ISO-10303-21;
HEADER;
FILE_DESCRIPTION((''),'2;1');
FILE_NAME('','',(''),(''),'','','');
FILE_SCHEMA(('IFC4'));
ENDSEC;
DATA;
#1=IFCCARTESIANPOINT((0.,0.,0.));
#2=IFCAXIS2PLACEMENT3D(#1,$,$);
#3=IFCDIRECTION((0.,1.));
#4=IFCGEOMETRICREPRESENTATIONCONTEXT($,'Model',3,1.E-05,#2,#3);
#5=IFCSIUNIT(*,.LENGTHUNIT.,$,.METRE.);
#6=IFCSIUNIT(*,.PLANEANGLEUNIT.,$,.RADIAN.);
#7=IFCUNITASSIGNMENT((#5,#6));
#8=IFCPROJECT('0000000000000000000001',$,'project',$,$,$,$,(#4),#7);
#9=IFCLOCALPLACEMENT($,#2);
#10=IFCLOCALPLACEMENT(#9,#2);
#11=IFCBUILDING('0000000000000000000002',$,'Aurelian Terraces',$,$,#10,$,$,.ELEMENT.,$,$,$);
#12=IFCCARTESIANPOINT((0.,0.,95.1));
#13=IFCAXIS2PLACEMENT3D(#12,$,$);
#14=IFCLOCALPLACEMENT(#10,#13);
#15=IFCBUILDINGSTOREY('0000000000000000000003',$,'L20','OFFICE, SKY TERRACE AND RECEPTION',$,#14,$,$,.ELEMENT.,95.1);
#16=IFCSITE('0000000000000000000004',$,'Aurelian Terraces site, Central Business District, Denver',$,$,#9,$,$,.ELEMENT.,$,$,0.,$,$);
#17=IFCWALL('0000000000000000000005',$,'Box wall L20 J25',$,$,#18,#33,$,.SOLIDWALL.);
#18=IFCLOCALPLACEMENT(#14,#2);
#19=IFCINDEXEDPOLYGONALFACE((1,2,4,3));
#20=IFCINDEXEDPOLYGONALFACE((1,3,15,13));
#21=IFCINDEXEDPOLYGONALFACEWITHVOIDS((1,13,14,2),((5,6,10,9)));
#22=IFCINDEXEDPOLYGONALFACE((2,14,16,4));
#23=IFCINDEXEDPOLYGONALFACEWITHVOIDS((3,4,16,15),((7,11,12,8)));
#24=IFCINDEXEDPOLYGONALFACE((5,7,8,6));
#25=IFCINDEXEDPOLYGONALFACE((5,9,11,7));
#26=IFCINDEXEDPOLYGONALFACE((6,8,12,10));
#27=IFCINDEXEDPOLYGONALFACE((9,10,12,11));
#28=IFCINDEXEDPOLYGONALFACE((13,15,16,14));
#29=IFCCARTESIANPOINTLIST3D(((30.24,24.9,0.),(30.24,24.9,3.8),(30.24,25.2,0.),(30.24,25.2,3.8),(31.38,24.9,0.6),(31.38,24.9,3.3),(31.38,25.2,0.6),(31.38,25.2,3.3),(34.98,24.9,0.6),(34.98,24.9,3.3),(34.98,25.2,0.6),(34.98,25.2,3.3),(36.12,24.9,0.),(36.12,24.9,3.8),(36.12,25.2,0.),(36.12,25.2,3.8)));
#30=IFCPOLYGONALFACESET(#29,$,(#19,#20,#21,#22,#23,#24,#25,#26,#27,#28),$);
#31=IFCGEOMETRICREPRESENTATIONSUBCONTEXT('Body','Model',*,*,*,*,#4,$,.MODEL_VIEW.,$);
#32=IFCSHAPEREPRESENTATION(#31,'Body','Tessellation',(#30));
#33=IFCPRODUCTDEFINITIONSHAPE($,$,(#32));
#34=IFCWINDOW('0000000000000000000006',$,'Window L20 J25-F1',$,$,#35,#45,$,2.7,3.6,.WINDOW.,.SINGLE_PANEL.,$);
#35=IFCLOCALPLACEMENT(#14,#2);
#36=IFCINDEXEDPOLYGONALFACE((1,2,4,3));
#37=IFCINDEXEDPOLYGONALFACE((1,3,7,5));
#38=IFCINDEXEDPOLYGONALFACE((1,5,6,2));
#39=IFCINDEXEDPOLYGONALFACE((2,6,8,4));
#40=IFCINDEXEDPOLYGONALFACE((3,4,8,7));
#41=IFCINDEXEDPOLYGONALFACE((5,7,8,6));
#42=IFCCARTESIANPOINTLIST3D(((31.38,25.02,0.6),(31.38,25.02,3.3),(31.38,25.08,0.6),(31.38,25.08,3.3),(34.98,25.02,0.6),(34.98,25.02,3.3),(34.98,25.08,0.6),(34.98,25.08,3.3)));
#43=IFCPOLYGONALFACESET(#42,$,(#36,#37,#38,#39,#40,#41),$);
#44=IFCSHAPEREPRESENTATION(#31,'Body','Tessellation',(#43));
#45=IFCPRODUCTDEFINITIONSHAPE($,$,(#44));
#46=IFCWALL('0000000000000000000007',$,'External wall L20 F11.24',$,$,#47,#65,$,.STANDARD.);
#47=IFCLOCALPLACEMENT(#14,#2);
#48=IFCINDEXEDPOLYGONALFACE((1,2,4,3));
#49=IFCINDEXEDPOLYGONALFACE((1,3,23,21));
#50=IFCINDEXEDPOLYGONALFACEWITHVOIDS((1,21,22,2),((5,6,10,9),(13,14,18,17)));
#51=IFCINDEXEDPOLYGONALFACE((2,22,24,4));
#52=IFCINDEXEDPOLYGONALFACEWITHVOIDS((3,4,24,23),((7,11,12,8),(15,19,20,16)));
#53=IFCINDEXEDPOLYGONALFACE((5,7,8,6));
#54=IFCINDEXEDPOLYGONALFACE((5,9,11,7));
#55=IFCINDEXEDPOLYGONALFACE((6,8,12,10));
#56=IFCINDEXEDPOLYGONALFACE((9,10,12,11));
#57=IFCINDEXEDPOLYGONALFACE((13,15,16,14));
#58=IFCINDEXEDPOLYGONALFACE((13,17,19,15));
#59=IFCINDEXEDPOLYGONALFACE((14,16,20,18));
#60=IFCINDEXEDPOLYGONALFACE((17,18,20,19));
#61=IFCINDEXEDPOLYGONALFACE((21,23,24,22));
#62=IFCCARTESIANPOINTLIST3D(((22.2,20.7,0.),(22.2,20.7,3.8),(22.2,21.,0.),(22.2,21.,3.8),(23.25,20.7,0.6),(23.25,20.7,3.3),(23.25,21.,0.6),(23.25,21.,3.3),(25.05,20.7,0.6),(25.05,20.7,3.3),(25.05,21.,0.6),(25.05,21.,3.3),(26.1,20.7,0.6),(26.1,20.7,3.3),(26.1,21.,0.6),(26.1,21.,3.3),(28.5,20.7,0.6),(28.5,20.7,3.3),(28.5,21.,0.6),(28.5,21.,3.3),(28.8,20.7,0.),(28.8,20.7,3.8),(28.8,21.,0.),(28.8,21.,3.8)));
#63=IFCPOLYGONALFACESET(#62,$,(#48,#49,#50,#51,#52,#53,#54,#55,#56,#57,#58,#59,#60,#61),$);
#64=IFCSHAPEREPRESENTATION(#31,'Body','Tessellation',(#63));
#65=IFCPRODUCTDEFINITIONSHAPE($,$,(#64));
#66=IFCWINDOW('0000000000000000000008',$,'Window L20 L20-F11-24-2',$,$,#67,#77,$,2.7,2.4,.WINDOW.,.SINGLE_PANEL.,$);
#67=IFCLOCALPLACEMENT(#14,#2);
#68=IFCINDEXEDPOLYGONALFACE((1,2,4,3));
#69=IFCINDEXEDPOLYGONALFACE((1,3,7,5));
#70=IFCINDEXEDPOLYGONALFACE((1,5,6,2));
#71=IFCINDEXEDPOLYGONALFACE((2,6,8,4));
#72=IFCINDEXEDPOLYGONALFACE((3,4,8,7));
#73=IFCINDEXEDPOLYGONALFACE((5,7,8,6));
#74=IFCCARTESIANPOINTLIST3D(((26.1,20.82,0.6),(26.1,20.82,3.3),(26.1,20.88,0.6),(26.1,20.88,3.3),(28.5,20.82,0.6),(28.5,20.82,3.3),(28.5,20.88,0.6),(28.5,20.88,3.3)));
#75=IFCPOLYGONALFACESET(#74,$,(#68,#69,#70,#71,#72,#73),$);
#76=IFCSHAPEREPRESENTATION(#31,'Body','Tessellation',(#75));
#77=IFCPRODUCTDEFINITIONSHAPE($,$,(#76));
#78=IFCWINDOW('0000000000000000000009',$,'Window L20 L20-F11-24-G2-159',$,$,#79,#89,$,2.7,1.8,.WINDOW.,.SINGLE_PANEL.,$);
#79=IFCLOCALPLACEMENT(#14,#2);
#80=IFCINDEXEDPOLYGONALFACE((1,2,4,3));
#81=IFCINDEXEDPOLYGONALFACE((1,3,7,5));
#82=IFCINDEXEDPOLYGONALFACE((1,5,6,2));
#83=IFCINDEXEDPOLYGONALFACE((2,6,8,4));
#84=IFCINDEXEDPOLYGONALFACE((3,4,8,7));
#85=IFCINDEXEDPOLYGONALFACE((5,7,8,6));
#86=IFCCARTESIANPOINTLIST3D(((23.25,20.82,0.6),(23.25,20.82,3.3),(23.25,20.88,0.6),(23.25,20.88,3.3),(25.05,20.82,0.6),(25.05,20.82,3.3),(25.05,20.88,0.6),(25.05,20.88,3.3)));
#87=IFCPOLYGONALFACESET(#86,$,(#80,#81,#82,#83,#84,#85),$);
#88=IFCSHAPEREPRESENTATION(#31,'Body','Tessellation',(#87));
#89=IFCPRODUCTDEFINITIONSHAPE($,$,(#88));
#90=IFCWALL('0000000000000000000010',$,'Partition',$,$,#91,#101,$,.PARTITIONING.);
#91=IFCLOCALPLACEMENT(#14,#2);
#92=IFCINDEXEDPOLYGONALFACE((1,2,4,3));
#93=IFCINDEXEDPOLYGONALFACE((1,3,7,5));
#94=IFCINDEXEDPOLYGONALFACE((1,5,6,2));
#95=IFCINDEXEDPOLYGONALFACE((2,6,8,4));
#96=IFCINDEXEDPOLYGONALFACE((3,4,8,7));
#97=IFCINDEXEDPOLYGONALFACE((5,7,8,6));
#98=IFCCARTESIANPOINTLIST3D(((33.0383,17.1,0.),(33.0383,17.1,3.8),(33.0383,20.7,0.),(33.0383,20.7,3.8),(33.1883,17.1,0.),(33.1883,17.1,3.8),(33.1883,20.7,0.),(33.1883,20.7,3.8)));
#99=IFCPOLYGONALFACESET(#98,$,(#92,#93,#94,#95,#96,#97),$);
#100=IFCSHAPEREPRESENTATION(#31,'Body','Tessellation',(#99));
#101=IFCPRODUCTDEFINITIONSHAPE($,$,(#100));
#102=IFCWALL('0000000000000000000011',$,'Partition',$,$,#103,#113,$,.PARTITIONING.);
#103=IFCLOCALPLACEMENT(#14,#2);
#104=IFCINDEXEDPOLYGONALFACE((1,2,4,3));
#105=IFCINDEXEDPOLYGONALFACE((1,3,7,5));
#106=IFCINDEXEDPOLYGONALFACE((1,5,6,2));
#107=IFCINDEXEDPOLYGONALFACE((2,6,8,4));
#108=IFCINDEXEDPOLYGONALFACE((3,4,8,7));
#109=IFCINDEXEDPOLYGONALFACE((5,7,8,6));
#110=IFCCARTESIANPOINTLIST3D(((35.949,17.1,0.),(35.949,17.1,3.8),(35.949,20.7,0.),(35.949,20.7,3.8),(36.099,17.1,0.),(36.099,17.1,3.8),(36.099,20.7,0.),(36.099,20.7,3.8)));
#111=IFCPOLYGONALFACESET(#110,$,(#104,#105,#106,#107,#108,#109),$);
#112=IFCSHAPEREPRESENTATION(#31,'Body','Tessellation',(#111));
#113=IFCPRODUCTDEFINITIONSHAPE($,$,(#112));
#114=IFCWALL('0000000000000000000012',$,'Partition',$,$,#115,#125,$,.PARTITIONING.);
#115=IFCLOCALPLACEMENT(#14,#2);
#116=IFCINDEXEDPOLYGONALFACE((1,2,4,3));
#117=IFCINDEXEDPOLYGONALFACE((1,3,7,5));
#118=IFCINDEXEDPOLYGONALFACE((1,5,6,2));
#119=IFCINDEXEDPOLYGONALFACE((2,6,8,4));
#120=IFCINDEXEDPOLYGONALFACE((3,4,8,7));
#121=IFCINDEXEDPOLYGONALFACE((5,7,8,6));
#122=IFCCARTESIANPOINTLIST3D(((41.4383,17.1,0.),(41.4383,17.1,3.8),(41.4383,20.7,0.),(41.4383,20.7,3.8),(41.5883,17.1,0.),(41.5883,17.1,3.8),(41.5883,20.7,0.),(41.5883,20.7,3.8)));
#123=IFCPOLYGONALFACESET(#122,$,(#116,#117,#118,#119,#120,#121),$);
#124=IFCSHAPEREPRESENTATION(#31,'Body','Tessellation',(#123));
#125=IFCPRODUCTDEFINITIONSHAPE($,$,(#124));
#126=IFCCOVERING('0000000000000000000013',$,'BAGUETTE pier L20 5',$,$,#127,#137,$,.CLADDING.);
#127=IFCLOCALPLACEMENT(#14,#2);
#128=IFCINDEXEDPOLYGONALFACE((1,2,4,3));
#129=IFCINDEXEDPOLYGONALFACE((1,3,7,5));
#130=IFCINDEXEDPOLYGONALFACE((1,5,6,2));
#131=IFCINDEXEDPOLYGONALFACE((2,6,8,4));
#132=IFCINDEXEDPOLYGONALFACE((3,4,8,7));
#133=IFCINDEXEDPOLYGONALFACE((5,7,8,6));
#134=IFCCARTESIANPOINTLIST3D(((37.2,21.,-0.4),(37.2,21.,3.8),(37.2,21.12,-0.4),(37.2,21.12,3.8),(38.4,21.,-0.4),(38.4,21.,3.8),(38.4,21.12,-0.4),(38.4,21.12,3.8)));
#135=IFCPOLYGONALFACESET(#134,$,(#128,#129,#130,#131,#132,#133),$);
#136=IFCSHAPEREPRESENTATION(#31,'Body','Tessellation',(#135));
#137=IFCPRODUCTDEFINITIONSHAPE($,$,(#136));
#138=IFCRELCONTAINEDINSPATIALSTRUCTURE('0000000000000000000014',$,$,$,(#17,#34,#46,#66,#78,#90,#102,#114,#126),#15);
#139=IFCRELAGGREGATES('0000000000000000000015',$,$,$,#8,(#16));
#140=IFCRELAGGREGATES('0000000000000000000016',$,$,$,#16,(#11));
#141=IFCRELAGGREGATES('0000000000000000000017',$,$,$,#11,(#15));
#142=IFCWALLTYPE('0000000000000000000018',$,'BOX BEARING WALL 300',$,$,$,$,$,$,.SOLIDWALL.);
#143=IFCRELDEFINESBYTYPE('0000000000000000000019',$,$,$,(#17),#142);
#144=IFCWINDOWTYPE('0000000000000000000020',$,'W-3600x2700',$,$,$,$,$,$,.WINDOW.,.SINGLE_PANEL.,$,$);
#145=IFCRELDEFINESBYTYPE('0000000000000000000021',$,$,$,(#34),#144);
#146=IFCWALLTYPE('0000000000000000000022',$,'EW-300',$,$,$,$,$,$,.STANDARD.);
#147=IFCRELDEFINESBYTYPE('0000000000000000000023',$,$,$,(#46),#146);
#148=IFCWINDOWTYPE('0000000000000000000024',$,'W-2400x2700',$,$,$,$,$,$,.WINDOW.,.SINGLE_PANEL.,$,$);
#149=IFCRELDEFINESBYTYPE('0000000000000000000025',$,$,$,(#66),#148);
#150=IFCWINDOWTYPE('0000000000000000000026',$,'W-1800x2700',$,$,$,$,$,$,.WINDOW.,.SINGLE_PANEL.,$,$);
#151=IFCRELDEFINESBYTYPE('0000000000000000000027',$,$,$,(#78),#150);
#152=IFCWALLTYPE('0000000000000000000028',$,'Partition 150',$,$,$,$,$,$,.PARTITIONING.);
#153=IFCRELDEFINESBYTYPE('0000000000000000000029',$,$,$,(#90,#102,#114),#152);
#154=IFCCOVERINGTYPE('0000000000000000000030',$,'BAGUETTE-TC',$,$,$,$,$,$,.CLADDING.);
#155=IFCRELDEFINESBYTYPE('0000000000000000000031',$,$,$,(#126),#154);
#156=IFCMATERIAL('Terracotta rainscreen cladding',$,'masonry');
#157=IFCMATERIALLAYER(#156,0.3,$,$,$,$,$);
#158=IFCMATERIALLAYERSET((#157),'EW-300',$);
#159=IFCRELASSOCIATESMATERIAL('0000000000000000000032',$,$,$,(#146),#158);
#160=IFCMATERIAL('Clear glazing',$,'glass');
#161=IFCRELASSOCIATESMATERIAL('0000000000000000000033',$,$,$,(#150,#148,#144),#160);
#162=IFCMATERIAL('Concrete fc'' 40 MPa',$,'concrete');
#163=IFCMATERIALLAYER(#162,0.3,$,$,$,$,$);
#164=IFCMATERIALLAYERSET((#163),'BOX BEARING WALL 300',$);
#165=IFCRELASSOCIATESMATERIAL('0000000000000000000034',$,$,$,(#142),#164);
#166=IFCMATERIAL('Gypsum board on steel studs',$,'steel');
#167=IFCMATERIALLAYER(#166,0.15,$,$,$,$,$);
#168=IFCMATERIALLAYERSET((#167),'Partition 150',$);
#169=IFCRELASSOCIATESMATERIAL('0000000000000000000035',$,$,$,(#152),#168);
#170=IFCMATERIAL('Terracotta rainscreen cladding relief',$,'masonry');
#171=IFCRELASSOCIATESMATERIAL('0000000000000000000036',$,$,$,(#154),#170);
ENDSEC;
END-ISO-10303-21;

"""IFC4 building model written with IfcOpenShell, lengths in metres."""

from ifc_helpers import new_model, si_unit, direction, frame, frame_2d, origin, origin_2d, place, context, subcontext, project, spatial, rectangle, extrude, source, transform, mapped, material, layer, layer_set, type_object, element, fill, save


model = new_model("IFC4")

# Units and contexts
model_context = context("Model", 3, precision=1e-05, world=origin(), true_north=direction((0.0, 1.0)))
body_context = subcontext(model_context, "Body", "Model", "MODEL_VIEW")
ifc_project = project(units=[si_unit("LENGTHUNIT", "METRE"), si_unit("PLANEANGLEUNIT", "RADIAN")], contexts=[model_context])

# Site, building, storey
site_placement = place(None, origin())
site = spatial("IfcSite", under=ifc_project, at=site_placement, Name="Aurelian Terraces site, Central Business District, Denver", CompositionType="ELEMENT", RefElevation=0.0)
building_placement = place(site_placement, origin())
building = spatial("IfcBuilding", under=site, at=building_placement, Name="Aurelian Terraces", CompositionType="ELEMENT")
storey_placement = place(building_placement, frame((0.0, 0.0, 95.1)))
storey = spatial("IfcBuildingStorey", under=building, at=storey_placement, Name="L20", Description="OFFICE, SKY TERRACE AND RECEPTION", CompositionType="ELEMENT", Elevation=95.1)

# Shared definitions
ifc_material_1 = material(Name="Terracotta rainscreen cladding", Category="masonry")
ifc_layer_1 = layer(ifc_material_1, 0.3)
ifc_layer_set_1 = layer_set([ifc_layer_1], Name="EW-300")
wall_type_1 = type_object("IfcWallType", Name="EW-300", PredefinedType="STANDARD", material=ifc_layer_set_1)

# Wall, opening, window
shared_shape_1 = source(origin(), body_context, "Body", "SweptSolid", [
    extrude(rectangle(XDim=1.8, YDim=2.7, at=frame_2d((0.9, 1.35))), frame((0.0, 0.16, 0.0), z_axis=(0.0, -1.0, 0.0), x_axis=(1.0, 0.0, 0.0)), (0.0, 0.0, 1.0), 0.32),
])
ifc_material_2 = material(Name="Clear glazing", Category="glass")
window_type_1 = type_object("IfcWindowType", Name="W-1800x2700", PartitioningType="SINGLE_PANEL", PredefinedType="WINDOW", material=ifc_material_2)
shared_shape_2 = source(origin(), body_context, "Body", "SweptSolid", [
    extrude(rectangle(XDim=1.8, YDim=2.7, at=frame_2d((0.9, 1.35))), frame((0.0, 0.03, 0.0), z_axis=(0.0, -1.0, 0.0), x_axis=(1.0, 0.0, 0.0)), (0.0, 0.0, 1.0), 0.06),
])
ifc_material_3 = material(Name="Concrete fc' 40 MPa", Category="concrete")
window_type_2 = type_object("IfcWindowType", Name="W-2400x2700", PartitioningType="SINGLE_PANEL", PredefinedType="WINDOW", material=ifc_material_2)
shared_shape_3 = source(origin(), body_context, "Body", "SweptSolid", [
    extrude(rectangle(XDim=2.4, YDim=2.7, at=frame_2d((1.2, 1.35))), frame((0.0, 0.03, 0.0), z_axis=(0.0, -1.0, 0.0), x_axis=(1.0, 0.0, 0.0)), (0.0, 0.0, 1.0), 0.06),
])
ifc_layer_2 = layer(ifc_material_3, 0.3)
ifc_layer_set_2 = layer_set([ifc_layer_2], Name="BOX BEARING WALL 300")
wall_type_2 = type_object("IfcWallType", Name="BOX BEARING WALL 300", PredefinedType="SOLIDWALL", material=ifc_layer_set_2)
shared_shape_4 = source(origin(), body_context, "Body", "SweptSolid", [
    extrude(rectangle(XDim=5.88, YDim=0.3, at=frame_2d((2.94, 0.0))), origin(), (0.0, 0.0, 1.0), 3.8),
])
wall_1_placement = place(storey_placement, frame((36.12, 25.05, 0.0), z_axis=(0.0, 0.0, 1.0), x_axis=(-1.0, 0.0, 0.0)))
wall_1 = element("IfcWall", 1, at=wall_1_placement, inside=storey, type_object=wall_type_2, Name="Box wall L20 J25", PredefinedType="SOLIDWALL", context=body_context, shape_type="MappedRepresentation", body=[
    mapped(shared_shape_4, transform((0.0, 0.0, 0.0), scale=1.0)),
])
shared_shape_5 = source(origin(), body_context, "Body", "SweptSolid", [
    extrude(rectangle(XDim=3.6, YDim=2.7, at=frame_2d((1.8, 1.35))), frame((0.0, 0.16, 0.0), z_axis=(0.0, -1.0, 0.0), x_axis=(1.0, 0.0, 0.0)), (0.0, 0.0, 1.0), 0.32),
])
opening_1_placement = place(wall_1_placement, frame((1.14, 0.0, 0.6)))
opening_1 = element("IfcOpeningElement", 2, at=opening_1_placement, cuts=wall_1, PredefinedType="OPENING", context=body_context, shape_type="MappedRepresentation", body=[
    mapped(shared_shape_5, transform((0.0, 0.0, 0.0), scale=1.0)),
])
window_type_3 = type_object("IfcWindowType", Name="W-3600x2700", PartitioningType="SINGLE_PANEL", PredefinedType="WINDOW", material=ifc_material_2)
shared_shape_6 = source(origin(), body_context, "Body", "SweptSolid", [
    extrude(rectangle(XDim=3.6, YDim=2.7, at=frame_2d((1.8, 1.35))), frame((0.0, 0.03, 0.0), z_axis=(0.0, -1.0, 0.0), x_axis=(1.0, 0.0, 0.0)), (0.0, 0.0, 1.0), 0.06),
])
window_1_placement = place(opening_1_placement, origin())
window_1 = element("IfcWindow", 3, at=window_1_placement, inside=storey, type_object=window_type_3, Name="Window L20 J25-F1", OverallHeight=2.7, OverallWidth=3.6, PartitioningType="SINGLE_PANEL", PredefinedType="WINDOW", context=body_context, shape_type="MappedRepresentation", body=[
    mapped(shared_shape_6, transform((0.0, 0.0, 0.0), scale=1.0)),
])
fill(opening_1, window_1)

# Wall, openings, windows
shared_shape_7 = source(origin(), body_context, "Body", "SweptSolid", [
    extrude(rectangle(XDim=6.6, YDim=0.3, at=frame_2d((3.3, 0.0))), origin(), (0.0, 0.0, 1.0), 3.8),
])
wall_2_placement = place(storey_placement, frame((28.8, 20.85, 0.0), z_axis=(0.0, 0.0, 1.0), x_axis=(-1.0, 0.0, 0.0)))
wall_2 = element("IfcWall", 4, at=wall_2_placement, inside=storey, type_object=wall_type_1, Name="External wall L20 F11.24", PredefinedType="STANDARD", context=body_context, shape_type="MappedRepresentation", body=[
    mapped(shared_shape_7, transform((0.0, 0.0, 0.0), scale=1.0)),
])
shared_shape_8 = source(origin(), body_context, "Body", "SweptSolid", [
    extrude(rectangle(XDim=2.4, YDim=2.7, at=frame_2d((1.2, 1.35))), frame((0.0, 0.16, 0.0), z_axis=(0.0, -1.0, 0.0), x_axis=(1.0, 0.0, 0.0)), (0.0, 0.0, 1.0), 0.32),
])
opening_2_placement = place(wall_2_placement, frame((0.3, 0.0, 0.6)))
opening_2 = element("IfcOpeningElement", 5, at=opening_2_placement, cuts=wall_2, PredefinedType="OPENING", context=body_context, shape_type="MappedRepresentation", body=[
    mapped(shared_shape_8, transform((0.0, 0.0, 0.0), scale=1.0)),
])
opening_3_placement = place(wall_2_placement, frame((3.75, 0.0, 0.6)))
opening_3 = element("IfcOpeningElement", 6, at=opening_3_placement, cuts=wall_2, PredefinedType="OPENING", context=body_context, shape_type="MappedRepresentation", body=[
    mapped(shared_shape_1, transform((0.0, 0.0, 0.0), scale=1.0)),
])
window_2_placement = place(opening_2_placement, origin())
window_2 = element("IfcWindow", 7, at=window_2_placement, inside=storey, type_object=window_type_2, Name="Window L20 L20-F11-24-2", OverallHeight=2.7, OverallWidth=2.4, PartitioningType="SINGLE_PANEL", PredefinedType="WINDOW", context=body_context, shape_type="MappedRepresentation", body=[
    mapped(shared_shape_3, transform((0.0, 0.0, 0.0), scale=1.0)),
])
fill(opening_2, window_2)
window_3_placement = place(opening_3_placement, origin())
window_3 = element("IfcWindow", 8, at=window_3_placement, inside=storey, type_object=window_type_1, Name="Window L20 L20-F11-24-G2-159", OverallHeight=2.7, OverallWidth=1.8, PartitioningType="SINGLE_PANEL", PredefinedType="WINDOW", context=body_context, shape_type="MappedRepresentation", body=[
    mapped(shared_shape_2, transform((0.0, 0.0, 0.0), scale=1.0)),
])
fill(opening_3, window_3)

# Walls
ifc_material_4 = material(Name="Gypsum board on steel studs", Category="steel")
ifc_layer_3 = layer(ifc_material_4, 0.15)
ifc_layer_set_3 = layer_set([ifc_layer_3], Name="Partition 150")
wall_type_3 = type_object("IfcWallType", Name="Partition 150", PredefinedType="PARTITIONING", material=ifc_layer_set_3)
shared_shape_9 = source(origin(), body_context, "Body", "SweptSolid", [
    extrude(rectangle(XDim=3.6, YDim=0.15, at=frame_2d((1.8, 0.0))), origin(), (0.0, 0.0, 1.0), 3.8),
])
for number, where, z_axis, x_axis, name in (
    (9, (33.1133, 20.7, 0.0), (0.0, 0.0, 1.0), (0.0, -1.0, 0.0), "Partition"),
    (10, (36.024, 20.7, 0.0), (0.0, 0.0, 1.0), (0.0, -1.0, 0.0), "Partition"),
    (11, (41.5133, 20.7, 0.0), (0.0, 0.0, 1.0), (0.0, -1.0, 0.0), "Partition"),
):
    element("IfcWall", number, at=place(storey_placement, frame(where, z_axis=z_axis, x_axis=x_axis)), inside=storey, type_object=wall_type_3, Name=name, PredefinedType="PARTITIONING", context=body_context, shape_type="MappedRepresentation", body=[
        mapped(shared_shape_9, transform((0.0, 0.0, 0.0), scale=1.0)),
    ])

# Covering
ifc_material_5 = material(Name="Terracotta rainscreen cladding relief", Category="masonry")
covering_type = type_object("IfcCoveringType", Name="BAGUETTE-TC", PredefinedType="CLADDING", material=ifc_material_5)
shared_shape_10 = source(origin(), body_context, "Body", "SweptSolid", [
    extrude(rectangle(XDim=1.2, YDim=0.12, at=origin_2d()), origin(), (0.0, 0.0, 1.0), 4.2),
])
covering_placement = place(storey_placement, frame((37.8, 21.06, -0.4), z_axis=(0.0, 0.0, 1.0), x_axis=(1.0, 0.0, 0.0)))
element("IfcCovering", 12, at=covering_placement, inside=storey, type_object=covering_type, Name="BAGUETTE pier L20 5", PredefinedType="CLADDING", context=body_context, shape_type="MappedRepresentation", body=[
    mapped(shared_shape_10, transform((0.0, 0.0, 0.0), scale=1.0)),
])

save(model, "model.ifc")
